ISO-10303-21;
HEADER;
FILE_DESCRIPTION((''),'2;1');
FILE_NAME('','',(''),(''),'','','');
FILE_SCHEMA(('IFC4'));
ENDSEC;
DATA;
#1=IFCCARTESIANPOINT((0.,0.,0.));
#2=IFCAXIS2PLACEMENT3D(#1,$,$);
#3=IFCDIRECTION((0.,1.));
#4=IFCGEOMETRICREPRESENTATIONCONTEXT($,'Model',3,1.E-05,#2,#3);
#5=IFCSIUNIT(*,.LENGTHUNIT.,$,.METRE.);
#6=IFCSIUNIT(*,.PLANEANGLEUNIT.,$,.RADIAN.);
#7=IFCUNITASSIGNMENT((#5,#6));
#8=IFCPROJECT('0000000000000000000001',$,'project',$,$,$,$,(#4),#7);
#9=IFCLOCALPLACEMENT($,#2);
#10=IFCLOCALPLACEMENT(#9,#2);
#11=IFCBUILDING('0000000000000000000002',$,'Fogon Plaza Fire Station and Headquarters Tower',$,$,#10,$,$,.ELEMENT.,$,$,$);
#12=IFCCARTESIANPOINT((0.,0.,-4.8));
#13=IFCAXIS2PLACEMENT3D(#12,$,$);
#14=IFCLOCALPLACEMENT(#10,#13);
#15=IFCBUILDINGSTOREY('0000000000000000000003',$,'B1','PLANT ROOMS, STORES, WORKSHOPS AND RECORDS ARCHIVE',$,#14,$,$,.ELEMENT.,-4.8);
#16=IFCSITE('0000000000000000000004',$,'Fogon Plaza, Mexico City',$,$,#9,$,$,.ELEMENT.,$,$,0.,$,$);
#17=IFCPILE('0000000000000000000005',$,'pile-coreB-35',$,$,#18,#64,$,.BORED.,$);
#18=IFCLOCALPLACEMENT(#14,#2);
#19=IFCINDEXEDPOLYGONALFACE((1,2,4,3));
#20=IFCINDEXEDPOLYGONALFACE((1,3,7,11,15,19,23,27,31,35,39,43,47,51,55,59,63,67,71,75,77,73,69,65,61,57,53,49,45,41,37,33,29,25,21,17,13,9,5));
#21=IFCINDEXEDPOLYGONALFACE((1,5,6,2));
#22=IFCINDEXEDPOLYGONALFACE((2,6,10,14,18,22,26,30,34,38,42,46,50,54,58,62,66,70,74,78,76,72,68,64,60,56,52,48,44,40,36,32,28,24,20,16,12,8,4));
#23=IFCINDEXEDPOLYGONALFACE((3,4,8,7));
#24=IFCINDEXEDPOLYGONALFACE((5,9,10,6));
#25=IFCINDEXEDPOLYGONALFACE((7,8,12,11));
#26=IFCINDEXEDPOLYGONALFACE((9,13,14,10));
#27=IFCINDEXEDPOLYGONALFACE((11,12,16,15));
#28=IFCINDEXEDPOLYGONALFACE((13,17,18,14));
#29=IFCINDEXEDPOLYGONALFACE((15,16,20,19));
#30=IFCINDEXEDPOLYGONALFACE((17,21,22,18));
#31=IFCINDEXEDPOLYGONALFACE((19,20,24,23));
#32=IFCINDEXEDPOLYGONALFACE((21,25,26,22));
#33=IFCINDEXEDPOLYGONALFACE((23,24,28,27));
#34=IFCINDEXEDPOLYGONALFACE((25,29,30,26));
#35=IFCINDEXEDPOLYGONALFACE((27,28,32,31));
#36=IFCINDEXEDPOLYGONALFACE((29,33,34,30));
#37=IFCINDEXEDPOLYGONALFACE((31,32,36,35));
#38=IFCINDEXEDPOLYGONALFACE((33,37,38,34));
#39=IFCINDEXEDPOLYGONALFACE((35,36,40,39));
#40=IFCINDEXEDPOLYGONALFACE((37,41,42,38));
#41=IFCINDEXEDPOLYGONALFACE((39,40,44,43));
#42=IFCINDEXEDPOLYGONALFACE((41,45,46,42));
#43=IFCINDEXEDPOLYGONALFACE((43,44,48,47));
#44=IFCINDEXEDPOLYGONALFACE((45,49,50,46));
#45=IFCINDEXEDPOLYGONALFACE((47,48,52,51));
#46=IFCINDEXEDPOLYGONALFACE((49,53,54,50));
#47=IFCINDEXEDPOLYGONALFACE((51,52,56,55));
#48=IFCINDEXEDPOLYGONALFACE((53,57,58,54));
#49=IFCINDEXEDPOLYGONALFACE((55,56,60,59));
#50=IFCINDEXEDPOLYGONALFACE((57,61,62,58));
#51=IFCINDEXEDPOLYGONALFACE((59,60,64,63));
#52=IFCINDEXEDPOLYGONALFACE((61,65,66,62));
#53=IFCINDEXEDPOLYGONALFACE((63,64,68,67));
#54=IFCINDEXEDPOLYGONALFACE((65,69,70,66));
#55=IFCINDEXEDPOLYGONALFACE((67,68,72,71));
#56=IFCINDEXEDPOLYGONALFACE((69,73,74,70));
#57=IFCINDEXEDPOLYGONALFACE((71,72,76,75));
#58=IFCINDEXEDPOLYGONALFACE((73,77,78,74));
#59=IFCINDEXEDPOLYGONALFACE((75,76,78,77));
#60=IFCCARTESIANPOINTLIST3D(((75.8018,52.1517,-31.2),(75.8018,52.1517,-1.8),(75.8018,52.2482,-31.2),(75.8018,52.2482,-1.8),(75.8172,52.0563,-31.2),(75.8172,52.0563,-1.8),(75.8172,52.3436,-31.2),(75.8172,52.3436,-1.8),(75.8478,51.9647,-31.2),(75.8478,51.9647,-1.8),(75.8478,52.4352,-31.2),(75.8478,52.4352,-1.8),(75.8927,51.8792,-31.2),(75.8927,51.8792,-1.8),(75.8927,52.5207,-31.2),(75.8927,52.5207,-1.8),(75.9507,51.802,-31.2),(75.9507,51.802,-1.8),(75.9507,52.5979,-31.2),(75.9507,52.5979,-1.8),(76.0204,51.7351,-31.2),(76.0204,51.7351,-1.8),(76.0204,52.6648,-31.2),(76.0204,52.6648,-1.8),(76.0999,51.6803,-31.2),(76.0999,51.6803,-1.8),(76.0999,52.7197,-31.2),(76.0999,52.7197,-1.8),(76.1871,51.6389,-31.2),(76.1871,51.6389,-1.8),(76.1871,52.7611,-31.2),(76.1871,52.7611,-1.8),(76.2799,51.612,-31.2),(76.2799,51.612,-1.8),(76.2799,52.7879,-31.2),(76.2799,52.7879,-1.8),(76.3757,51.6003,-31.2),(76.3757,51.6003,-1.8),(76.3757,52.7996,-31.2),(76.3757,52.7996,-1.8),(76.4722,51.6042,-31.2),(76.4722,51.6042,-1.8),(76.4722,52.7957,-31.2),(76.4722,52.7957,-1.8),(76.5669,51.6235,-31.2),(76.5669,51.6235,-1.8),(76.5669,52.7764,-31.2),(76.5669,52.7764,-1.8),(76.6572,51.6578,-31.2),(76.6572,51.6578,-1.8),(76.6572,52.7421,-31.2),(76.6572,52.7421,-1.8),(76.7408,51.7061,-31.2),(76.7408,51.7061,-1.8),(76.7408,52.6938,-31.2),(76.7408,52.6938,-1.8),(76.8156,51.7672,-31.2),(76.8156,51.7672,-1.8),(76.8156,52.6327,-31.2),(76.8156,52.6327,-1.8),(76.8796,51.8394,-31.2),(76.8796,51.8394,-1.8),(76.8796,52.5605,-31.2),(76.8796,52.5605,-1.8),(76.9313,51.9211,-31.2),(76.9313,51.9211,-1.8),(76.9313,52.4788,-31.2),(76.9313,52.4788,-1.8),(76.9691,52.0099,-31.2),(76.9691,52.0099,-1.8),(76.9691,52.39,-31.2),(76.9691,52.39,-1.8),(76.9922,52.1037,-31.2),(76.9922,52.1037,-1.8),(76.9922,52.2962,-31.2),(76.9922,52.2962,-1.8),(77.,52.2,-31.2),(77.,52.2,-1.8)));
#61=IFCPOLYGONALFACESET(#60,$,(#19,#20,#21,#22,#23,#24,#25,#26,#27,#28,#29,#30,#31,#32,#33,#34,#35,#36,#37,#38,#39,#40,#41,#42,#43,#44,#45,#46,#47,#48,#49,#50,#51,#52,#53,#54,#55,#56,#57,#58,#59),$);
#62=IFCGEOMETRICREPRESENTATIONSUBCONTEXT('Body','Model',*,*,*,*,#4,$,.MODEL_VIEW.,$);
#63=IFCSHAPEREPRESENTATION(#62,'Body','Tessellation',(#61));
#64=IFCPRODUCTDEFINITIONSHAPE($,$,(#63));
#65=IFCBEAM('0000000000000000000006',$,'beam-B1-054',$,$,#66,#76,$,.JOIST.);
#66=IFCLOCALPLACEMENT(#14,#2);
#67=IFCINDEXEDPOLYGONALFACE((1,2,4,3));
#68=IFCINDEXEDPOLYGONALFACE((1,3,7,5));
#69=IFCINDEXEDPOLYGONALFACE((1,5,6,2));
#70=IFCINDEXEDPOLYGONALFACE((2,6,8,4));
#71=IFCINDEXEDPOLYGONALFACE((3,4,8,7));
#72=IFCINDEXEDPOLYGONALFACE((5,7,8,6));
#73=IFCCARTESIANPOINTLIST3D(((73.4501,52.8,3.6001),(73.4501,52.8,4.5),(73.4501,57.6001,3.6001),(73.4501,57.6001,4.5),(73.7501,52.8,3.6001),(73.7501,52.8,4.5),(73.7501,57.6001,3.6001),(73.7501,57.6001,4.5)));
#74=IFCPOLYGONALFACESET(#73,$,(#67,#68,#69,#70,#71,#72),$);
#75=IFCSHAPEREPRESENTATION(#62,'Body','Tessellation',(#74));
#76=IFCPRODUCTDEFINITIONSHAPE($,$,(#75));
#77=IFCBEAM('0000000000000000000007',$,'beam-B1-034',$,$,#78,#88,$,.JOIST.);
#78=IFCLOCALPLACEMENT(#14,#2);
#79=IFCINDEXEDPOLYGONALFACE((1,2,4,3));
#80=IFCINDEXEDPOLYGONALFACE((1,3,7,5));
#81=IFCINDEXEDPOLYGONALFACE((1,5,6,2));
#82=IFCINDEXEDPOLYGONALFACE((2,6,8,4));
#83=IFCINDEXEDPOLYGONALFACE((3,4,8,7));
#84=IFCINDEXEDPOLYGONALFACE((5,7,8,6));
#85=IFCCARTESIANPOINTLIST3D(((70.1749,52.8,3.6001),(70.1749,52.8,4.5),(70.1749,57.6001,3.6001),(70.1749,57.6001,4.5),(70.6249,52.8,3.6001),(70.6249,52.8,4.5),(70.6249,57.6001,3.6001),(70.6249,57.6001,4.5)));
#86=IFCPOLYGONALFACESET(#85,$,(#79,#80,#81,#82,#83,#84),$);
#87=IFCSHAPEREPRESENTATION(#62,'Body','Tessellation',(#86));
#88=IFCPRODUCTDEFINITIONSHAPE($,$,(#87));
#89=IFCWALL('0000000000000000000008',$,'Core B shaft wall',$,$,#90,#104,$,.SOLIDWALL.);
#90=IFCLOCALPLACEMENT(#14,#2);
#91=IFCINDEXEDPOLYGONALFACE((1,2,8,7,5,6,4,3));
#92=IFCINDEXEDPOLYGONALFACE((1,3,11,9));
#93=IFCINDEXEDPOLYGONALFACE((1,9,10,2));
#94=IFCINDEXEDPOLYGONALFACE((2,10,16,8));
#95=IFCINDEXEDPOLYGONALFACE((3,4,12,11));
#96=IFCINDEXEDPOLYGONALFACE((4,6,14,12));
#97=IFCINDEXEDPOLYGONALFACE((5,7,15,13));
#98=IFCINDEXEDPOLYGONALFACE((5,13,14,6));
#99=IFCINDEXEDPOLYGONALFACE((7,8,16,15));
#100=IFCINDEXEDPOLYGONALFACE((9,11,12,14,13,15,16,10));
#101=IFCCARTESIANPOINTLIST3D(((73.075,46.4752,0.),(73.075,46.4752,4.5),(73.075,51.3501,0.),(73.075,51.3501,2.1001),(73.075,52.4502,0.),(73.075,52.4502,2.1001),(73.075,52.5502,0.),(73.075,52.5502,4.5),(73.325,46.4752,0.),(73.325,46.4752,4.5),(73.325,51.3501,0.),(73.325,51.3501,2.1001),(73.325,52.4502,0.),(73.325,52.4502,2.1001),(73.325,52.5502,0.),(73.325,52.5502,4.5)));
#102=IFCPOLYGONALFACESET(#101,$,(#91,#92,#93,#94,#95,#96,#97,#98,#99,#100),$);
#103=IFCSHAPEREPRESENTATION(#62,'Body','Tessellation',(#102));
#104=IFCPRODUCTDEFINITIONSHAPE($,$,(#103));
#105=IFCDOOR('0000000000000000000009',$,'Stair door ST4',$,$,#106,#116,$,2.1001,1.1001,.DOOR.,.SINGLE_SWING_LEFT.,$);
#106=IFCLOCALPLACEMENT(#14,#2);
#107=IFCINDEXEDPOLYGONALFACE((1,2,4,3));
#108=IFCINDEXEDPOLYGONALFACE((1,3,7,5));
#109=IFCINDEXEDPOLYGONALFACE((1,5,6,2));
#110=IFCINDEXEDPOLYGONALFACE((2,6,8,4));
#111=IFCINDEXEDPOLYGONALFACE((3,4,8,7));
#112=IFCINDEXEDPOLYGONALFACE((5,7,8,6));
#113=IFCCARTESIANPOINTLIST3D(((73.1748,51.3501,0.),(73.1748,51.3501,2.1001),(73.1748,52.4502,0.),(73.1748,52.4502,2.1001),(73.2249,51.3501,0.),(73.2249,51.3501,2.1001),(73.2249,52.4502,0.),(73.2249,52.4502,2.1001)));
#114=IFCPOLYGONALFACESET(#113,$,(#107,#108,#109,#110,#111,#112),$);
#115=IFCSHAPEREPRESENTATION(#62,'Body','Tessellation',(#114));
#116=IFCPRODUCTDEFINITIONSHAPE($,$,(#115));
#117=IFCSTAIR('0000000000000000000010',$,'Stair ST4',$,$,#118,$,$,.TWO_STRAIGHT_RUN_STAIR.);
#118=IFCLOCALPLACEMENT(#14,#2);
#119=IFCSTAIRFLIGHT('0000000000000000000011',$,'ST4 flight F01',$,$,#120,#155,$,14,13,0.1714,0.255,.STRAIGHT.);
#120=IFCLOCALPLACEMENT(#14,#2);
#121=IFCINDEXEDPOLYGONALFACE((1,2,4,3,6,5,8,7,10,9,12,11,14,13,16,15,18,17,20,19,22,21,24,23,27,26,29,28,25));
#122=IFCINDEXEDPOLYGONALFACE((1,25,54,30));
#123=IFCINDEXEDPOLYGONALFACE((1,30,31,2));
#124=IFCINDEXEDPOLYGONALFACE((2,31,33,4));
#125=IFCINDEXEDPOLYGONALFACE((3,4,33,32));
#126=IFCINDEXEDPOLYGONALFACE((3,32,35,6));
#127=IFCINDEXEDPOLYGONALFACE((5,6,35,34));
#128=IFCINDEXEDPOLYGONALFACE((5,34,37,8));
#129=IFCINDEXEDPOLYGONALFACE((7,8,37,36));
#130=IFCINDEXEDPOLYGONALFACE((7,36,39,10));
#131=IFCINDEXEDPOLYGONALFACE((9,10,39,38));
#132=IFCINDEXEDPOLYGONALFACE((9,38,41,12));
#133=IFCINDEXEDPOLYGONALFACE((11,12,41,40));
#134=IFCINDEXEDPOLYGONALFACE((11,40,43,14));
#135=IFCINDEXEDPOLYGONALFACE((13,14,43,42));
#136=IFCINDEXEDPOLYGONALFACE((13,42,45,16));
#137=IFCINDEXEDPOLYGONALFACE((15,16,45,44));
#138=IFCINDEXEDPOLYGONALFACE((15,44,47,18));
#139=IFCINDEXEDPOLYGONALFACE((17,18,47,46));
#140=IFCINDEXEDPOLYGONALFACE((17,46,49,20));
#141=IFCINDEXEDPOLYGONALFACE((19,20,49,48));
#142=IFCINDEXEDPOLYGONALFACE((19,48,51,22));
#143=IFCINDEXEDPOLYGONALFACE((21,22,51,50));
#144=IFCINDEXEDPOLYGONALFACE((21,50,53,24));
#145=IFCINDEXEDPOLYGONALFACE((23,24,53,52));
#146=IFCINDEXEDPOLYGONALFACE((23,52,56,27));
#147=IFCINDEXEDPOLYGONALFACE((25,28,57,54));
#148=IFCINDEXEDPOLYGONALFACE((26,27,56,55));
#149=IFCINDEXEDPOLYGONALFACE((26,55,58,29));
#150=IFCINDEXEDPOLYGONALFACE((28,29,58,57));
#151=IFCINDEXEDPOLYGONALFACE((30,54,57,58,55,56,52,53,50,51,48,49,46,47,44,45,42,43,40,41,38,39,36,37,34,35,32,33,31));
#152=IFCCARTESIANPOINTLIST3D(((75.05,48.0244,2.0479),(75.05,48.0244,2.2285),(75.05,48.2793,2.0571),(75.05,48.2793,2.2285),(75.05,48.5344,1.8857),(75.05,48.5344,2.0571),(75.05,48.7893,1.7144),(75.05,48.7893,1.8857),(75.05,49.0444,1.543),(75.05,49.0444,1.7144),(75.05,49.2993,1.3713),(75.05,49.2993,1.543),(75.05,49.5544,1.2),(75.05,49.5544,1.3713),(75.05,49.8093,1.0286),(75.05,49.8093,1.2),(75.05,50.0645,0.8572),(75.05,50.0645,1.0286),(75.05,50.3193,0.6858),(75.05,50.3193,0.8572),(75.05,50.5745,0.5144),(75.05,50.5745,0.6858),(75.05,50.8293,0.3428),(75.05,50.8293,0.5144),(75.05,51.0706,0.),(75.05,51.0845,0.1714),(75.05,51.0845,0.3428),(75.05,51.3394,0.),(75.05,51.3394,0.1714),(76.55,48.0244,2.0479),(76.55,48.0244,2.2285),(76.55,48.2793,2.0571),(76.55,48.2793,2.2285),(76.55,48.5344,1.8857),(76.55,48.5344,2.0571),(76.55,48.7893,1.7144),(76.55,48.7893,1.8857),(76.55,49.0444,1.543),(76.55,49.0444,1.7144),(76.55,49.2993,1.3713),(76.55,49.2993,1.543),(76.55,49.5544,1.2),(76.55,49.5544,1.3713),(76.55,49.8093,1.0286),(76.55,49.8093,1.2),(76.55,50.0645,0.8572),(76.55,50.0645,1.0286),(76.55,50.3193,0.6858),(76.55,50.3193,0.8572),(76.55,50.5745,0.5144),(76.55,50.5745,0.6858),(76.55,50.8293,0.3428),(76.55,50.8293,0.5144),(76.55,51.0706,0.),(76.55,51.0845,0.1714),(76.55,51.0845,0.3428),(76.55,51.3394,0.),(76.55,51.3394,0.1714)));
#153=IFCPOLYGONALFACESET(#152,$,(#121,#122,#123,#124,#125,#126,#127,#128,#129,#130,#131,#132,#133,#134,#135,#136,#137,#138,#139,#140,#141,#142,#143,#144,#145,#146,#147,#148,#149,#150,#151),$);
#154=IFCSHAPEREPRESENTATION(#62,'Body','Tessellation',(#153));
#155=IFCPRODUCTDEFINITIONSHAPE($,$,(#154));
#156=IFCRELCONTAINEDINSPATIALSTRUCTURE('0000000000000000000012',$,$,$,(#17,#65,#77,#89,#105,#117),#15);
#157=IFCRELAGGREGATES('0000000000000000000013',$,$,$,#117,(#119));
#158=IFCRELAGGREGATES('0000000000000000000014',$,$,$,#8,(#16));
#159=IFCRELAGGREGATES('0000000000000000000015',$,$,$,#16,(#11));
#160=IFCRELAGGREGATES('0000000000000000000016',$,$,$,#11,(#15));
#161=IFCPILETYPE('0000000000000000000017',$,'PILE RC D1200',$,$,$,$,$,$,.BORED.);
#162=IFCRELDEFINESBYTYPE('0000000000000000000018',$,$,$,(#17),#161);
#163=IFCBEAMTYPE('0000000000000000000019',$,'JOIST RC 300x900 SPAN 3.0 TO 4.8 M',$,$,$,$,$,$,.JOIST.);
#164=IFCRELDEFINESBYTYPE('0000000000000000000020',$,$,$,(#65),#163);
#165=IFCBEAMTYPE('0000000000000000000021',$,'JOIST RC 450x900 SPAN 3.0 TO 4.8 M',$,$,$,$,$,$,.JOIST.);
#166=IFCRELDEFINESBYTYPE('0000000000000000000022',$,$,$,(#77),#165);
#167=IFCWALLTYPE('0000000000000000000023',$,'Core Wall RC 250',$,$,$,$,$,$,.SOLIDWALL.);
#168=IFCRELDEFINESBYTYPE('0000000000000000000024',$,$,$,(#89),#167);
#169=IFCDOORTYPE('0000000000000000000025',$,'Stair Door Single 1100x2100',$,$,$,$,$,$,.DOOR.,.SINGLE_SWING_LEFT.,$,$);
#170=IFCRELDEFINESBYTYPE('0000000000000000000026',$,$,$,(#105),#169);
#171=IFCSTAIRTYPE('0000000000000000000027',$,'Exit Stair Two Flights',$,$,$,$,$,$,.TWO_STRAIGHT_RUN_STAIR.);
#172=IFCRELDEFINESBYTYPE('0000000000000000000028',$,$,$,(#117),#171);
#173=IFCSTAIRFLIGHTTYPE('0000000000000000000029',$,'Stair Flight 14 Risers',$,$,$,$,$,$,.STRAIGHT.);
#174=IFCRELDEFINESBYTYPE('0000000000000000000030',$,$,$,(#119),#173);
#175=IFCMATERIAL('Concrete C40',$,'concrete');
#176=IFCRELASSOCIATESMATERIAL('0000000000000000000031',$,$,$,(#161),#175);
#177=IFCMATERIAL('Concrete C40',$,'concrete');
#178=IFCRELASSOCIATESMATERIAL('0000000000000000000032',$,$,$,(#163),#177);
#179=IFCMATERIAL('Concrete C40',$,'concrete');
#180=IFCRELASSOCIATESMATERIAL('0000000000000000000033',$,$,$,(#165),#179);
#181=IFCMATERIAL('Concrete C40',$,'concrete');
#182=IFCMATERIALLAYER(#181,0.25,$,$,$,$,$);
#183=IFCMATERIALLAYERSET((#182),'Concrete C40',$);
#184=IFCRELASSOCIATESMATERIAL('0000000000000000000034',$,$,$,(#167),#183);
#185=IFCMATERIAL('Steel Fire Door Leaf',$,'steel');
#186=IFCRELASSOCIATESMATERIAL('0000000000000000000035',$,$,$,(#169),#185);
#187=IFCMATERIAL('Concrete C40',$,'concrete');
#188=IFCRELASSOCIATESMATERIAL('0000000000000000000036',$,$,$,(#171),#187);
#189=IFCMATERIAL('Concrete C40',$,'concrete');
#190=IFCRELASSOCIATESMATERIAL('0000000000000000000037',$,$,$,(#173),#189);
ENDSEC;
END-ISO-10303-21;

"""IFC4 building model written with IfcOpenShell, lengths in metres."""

from ifc_helpers import new_model, si_unit, direction, frame, frame_2d, origin, origin_2d, place, context, subcontext, project, spatial, polyline, rectangle, circle, outline, extrude, material, layer, layer_set, material_profile, profile_set, type_object, element, fill, aggregate, save


model = new_model("IFC4")

# Units and contexts
model_context = context("Model", 3, precision=1e-05, world=origin(), true_north=direction((0.0, 1.0)))
body_context = subcontext(model_context, "Body", "Model", "MODEL_VIEW")
ifc_project = project(units=[si_unit("LENGTHUNIT", "METRE"), si_unit("PLANEANGLEUNIT", "RADIAN")], contexts=[model_context])

# Site, building, storey
site_placement = place(None, origin())
site = spatial("IfcSite", under=ifc_project, at=site_placement, Name="Fogon Plaza, Mexico City", CompositionType="ELEMENT", RefElevation=0.0)
building_placement = place(site_placement, origin())
building = spatial("IfcBuilding", under=site, at=building_placement, Name="Fogon Plaza Fire Station and Headquarters Tower", CompositionType="ELEMENT")
storey_placement = place(building_placement, frame((0.0, 0.0, -4.8)))
storey = spatial("IfcBuildingStorey", under=building, at=storey_placement, Name="B1", Description="PLANT ROOMS, STORES, WORKSHOPS AND RECORDS ARCHIVE", CompositionType="ELEMENT", Elevation=-4.8)

# Pile
ifc_material_1 = material(Name="Concrete C40", Category="concrete")
ifc_material_profile_1 = material_profile(ifc_material_1, circle(Radius=0.6001, at=origin_2d()), Name="RC D1200")
ifc_profile_set_1 = profile_set([ifc_material_profile_1], Name="Concrete C40")
pile_type_1 = type_object("IfcPileType", Name="PILE RC D1200", PredefinedType="BORED", material=ifc_profile_set_1)
for number, where, z_axis, x_axis, name in (
    (1, (76.3999, 52.2, -1.8), (0.0, 0.0, -1.0), (1.0, 0.0, 0.0), "pile-coreB-35"),
):
    element("IfcPile", number, at=place(storey_placement, frame(where, z_axis=z_axis, x_axis=x_axis)), inside=storey, type_object=pile_type_1, Name=name, PredefinedType="BORED", context=body_context, shape_type="SweptSolid", body=[
        extrude(circle(Radius=0.6001, at=origin_2d()), origin(), (0.0, 0.0, 1.0), 29.3999),
    ])

# Beams
ifc_material_2 = material(Name="Concrete C40", Category="concrete")
ifc_material_profile_2 = material_profile(ifc_material_2, rectangle(XDim=0.3, YDim=0.8999, at=origin_2d()), Name="RC 300x900")
ifc_profile_set_2 = profile_set([ifc_material_profile_2], Name="Concrete C40")
beam_type_1 = type_object("IfcBeamType", Name="JOIST RC 300x900 SPAN 3.0 TO 4.8 M", PredefinedType="JOIST", material=ifc_profile_set_2)
beam_1_placement = place(storey_placement, frame((73.6001, 52.8, 4.05), z_axis=(0.0, 1.0, 0.0), x_axis=(-1.0, 0.0, 0.0)))
element("IfcBeam", 2, at=beam_1_placement, inside=storey, type_object=beam_type_1, Name="beam-B1-054", PredefinedType="JOIST", context=body_context, shape_type="SweptSolid", body=[
    extrude(rectangle(XDim=0.3, YDim=0.8999, at=origin_2d()), origin(), (0.0, 0.0, 1.0), 4.8),
])
ifc_material_3 = material(Name="Concrete C40", Category="concrete")
ifc_material_profile_3 = material_profile(ifc_material_3, rectangle(XDim=0.45, YDim=0.8999, at=origin_2d()), Name="RC 450x900")
ifc_profile_set_3 = profile_set([ifc_material_profile_3], Name="Concrete C40")
beam_type_2 = type_object("IfcBeamType", Name="JOIST RC 450x900 SPAN 3.0 TO 4.8 M", PredefinedType="JOIST", material=ifc_profile_set_3)
beam_2_placement = place(storey_placement, frame((70.3999, 52.8, 4.05), z_axis=(0.0, 1.0, 0.0), x_axis=(-1.0, 0.0, 0.0)))
element("IfcBeam", 3, at=beam_2_placement, inside=storey, type_object=beam_type_2, Name="beam-B1-034", PredefinedType="JOIST", context=body_context, shape_type="SweptSolid", body=[
    extrude(rectangle(XDim=0.45, YDim=0.8999, at=origin_2d()), origin(), (0.0, 0.0, 1.0), 4.8),
])

# Wall, opening, door
ifc_material_4 = material(Name="Concrete C40", Category="concrete")
ifc_layer = layer(ifc_material_4, 0.25)
ifc_layer_set = layer_set([ifc_layer], Name="Concrete C40")
wall_type = type_object("IfcWallType", Name="Core Wall RC 250", PredefinedType="SOLIDWALL", material=ifc_layer_set)
wall_placement = place(storey_placement, frame((73.2, 46.4751, 0.0), z_axis=(0.0, 0.0, 1.0), x_axis=(0.0, 1.0, 0.0)))
wall = element("IfcWall", 4, at=wall_placement, inside=storey, type_object=wall_type, Name="Core B shaft wall", PredefinedType="SOLIDWALL", context=body_context, shape_type="SweptSolid", body=[
    extrude(rectangle(XDim=6.075, YDim=0.25, at=frame_2d((3.0376, 0.0))), origin(), (0.0, 0.0, 1.0), 4.5),
])
opening_placement = place(wall_placement, frame((4.875, 0.0, 0.0)))
opening = element("IfcOpeningElement", 5, at=opening_placement, cuts=wall, PredefinedType="OPENING", context=body_context, shape_type="SweptSolid", body=[
    extrude(rectangle(XDim=1.1001, YDim=2.1001, at=frame_2d((0.55, 1.05))), frame((0.0, 0.135, 0.0), z_axis=(0.0, -1.0, 0.0), x_axis=(1.0, 0.0, 0.0)), (0.0, 0.0, 1.0), 0.27),
])
ifc_material_5 = material(Name="Steel Fire Door Leaf", Category="steel")
door_type = type_object("IfcDoorType", Name="Stair Door Single 1100x2100", OperationType="SINGLE_SWING_LEFT", PredefinedType="DOOR", material=ifc_material_5)
door_placement = place(opening_placement, frame((1.1001, 0.0, 0.0), z_axis=(0.0, 0.0, 1.0), x_axis=(-1.0, 0.0, 0.0)))
door = element("IfcDoor", 6, at=door_placement, inside=storey, type_object=door_type, Name="Stair door ST4", OperationType="SINGLE_SWING_LEFT", OverallHeight=2.1001, OverallWidth=1.1001, PredefinedType="DOOR", context=body_context, shape_type="SweptSolid", body=[
    extrude(rectangle(XDim=1.1001, YDim=2.1001, at=frame_2d((0.55, 1.05))), frame((0.0, 0.0249, 0.0), z_axis=(0.0, -1.0, 0.0), x_axis=(1.0, 0.0, 0.0)), (0.0, 0.0, 1.0), 0.05),
])
fill(opening, door)

# Stair, stair flight
ifc_material_6 = material(Name="Concrete C40", Category="concrete")
stair_type = type_object("IfcStairType", Name="Exit Stair Two Flights", PredefinedType="TWO_STRAIGHT_RUN_STAIR", material=ifc_material_6)
stair_placement = place(storey_placement, origin())
stair = element("IfcStair", 7, at=stair_placement, inside=storey, type_object=stair_type, Name="Stair ST4", PredefinedType="TWO_STRAIGHT_RUN_STAIR")
ifc_material_7 = material(Name="Concrete C40", Category="concrete")
stair_flight_type = type_object("IfcStairFlightType", Name="Stair Flight 14 Risers", PredefinedType="STRAIGHT", material=ifc_material_7)
stair_flight_1_placement = place(storey_placement, frame((75.8, 51.3394, 0.0), z_axis=(0.0, 0.0, 1.0), x_axis=(0.0, -1.0, 0.0)))
stair_flight_1 = element("IfcStairFlight", 8, at=stair_flight_1_placement, type_object=stair_flight_type, Name="ST4 flight F01", NumberOfRisers=14, NumberOfTreads=13, PredefinedType="STRAIGHT", RiserHeight=0.1714, TreadLength=0.255, context=body_context, shape_type="SweptSolid", body=[
    extrude(outline(polyline([(0.0, 0.0), (0.0, 0.1714), (0.2549, 0.1714), (0.2549, 0.3428), (0.51, 0.3428), (0.51, 0.5144), (0.7649, 0.5144), (0.7649, 0.6858), (1.02, 0.6858), (1.02, 0.8572), (1.2749, 0.8572), (1.2749, 1.0286), (1.53, 1.0286), (1.53, 1.2), (1.7849, 1.2), (1.7849, 1.3713), (2.04, 1.3713), (2.04, 1.543), (2.2949, 1.543), (2.2949, 1.7144), (2.55, 1.7144), (2.55, 1.8857), (2.8049, 1.8857), (2.8049, 2.0571), (3.0601, 2.0571), (3.0601, 2.2285), (3.3149, 2.2285), (3.3149, 2.3999), (3.3149, 2.0479), (0.2688, 0.0), (0.0, 0.0)])), frame((0.0, 0.75, 0.0), z_axis=(0.0, -1.0, 0.0), x_axis=(1.0, 0.0, 0.0)), (0.0, 0.0, 1.0), 1.5),
])
aggregate(stair, [stair_flight_1])

save(model, "model.ifc")
